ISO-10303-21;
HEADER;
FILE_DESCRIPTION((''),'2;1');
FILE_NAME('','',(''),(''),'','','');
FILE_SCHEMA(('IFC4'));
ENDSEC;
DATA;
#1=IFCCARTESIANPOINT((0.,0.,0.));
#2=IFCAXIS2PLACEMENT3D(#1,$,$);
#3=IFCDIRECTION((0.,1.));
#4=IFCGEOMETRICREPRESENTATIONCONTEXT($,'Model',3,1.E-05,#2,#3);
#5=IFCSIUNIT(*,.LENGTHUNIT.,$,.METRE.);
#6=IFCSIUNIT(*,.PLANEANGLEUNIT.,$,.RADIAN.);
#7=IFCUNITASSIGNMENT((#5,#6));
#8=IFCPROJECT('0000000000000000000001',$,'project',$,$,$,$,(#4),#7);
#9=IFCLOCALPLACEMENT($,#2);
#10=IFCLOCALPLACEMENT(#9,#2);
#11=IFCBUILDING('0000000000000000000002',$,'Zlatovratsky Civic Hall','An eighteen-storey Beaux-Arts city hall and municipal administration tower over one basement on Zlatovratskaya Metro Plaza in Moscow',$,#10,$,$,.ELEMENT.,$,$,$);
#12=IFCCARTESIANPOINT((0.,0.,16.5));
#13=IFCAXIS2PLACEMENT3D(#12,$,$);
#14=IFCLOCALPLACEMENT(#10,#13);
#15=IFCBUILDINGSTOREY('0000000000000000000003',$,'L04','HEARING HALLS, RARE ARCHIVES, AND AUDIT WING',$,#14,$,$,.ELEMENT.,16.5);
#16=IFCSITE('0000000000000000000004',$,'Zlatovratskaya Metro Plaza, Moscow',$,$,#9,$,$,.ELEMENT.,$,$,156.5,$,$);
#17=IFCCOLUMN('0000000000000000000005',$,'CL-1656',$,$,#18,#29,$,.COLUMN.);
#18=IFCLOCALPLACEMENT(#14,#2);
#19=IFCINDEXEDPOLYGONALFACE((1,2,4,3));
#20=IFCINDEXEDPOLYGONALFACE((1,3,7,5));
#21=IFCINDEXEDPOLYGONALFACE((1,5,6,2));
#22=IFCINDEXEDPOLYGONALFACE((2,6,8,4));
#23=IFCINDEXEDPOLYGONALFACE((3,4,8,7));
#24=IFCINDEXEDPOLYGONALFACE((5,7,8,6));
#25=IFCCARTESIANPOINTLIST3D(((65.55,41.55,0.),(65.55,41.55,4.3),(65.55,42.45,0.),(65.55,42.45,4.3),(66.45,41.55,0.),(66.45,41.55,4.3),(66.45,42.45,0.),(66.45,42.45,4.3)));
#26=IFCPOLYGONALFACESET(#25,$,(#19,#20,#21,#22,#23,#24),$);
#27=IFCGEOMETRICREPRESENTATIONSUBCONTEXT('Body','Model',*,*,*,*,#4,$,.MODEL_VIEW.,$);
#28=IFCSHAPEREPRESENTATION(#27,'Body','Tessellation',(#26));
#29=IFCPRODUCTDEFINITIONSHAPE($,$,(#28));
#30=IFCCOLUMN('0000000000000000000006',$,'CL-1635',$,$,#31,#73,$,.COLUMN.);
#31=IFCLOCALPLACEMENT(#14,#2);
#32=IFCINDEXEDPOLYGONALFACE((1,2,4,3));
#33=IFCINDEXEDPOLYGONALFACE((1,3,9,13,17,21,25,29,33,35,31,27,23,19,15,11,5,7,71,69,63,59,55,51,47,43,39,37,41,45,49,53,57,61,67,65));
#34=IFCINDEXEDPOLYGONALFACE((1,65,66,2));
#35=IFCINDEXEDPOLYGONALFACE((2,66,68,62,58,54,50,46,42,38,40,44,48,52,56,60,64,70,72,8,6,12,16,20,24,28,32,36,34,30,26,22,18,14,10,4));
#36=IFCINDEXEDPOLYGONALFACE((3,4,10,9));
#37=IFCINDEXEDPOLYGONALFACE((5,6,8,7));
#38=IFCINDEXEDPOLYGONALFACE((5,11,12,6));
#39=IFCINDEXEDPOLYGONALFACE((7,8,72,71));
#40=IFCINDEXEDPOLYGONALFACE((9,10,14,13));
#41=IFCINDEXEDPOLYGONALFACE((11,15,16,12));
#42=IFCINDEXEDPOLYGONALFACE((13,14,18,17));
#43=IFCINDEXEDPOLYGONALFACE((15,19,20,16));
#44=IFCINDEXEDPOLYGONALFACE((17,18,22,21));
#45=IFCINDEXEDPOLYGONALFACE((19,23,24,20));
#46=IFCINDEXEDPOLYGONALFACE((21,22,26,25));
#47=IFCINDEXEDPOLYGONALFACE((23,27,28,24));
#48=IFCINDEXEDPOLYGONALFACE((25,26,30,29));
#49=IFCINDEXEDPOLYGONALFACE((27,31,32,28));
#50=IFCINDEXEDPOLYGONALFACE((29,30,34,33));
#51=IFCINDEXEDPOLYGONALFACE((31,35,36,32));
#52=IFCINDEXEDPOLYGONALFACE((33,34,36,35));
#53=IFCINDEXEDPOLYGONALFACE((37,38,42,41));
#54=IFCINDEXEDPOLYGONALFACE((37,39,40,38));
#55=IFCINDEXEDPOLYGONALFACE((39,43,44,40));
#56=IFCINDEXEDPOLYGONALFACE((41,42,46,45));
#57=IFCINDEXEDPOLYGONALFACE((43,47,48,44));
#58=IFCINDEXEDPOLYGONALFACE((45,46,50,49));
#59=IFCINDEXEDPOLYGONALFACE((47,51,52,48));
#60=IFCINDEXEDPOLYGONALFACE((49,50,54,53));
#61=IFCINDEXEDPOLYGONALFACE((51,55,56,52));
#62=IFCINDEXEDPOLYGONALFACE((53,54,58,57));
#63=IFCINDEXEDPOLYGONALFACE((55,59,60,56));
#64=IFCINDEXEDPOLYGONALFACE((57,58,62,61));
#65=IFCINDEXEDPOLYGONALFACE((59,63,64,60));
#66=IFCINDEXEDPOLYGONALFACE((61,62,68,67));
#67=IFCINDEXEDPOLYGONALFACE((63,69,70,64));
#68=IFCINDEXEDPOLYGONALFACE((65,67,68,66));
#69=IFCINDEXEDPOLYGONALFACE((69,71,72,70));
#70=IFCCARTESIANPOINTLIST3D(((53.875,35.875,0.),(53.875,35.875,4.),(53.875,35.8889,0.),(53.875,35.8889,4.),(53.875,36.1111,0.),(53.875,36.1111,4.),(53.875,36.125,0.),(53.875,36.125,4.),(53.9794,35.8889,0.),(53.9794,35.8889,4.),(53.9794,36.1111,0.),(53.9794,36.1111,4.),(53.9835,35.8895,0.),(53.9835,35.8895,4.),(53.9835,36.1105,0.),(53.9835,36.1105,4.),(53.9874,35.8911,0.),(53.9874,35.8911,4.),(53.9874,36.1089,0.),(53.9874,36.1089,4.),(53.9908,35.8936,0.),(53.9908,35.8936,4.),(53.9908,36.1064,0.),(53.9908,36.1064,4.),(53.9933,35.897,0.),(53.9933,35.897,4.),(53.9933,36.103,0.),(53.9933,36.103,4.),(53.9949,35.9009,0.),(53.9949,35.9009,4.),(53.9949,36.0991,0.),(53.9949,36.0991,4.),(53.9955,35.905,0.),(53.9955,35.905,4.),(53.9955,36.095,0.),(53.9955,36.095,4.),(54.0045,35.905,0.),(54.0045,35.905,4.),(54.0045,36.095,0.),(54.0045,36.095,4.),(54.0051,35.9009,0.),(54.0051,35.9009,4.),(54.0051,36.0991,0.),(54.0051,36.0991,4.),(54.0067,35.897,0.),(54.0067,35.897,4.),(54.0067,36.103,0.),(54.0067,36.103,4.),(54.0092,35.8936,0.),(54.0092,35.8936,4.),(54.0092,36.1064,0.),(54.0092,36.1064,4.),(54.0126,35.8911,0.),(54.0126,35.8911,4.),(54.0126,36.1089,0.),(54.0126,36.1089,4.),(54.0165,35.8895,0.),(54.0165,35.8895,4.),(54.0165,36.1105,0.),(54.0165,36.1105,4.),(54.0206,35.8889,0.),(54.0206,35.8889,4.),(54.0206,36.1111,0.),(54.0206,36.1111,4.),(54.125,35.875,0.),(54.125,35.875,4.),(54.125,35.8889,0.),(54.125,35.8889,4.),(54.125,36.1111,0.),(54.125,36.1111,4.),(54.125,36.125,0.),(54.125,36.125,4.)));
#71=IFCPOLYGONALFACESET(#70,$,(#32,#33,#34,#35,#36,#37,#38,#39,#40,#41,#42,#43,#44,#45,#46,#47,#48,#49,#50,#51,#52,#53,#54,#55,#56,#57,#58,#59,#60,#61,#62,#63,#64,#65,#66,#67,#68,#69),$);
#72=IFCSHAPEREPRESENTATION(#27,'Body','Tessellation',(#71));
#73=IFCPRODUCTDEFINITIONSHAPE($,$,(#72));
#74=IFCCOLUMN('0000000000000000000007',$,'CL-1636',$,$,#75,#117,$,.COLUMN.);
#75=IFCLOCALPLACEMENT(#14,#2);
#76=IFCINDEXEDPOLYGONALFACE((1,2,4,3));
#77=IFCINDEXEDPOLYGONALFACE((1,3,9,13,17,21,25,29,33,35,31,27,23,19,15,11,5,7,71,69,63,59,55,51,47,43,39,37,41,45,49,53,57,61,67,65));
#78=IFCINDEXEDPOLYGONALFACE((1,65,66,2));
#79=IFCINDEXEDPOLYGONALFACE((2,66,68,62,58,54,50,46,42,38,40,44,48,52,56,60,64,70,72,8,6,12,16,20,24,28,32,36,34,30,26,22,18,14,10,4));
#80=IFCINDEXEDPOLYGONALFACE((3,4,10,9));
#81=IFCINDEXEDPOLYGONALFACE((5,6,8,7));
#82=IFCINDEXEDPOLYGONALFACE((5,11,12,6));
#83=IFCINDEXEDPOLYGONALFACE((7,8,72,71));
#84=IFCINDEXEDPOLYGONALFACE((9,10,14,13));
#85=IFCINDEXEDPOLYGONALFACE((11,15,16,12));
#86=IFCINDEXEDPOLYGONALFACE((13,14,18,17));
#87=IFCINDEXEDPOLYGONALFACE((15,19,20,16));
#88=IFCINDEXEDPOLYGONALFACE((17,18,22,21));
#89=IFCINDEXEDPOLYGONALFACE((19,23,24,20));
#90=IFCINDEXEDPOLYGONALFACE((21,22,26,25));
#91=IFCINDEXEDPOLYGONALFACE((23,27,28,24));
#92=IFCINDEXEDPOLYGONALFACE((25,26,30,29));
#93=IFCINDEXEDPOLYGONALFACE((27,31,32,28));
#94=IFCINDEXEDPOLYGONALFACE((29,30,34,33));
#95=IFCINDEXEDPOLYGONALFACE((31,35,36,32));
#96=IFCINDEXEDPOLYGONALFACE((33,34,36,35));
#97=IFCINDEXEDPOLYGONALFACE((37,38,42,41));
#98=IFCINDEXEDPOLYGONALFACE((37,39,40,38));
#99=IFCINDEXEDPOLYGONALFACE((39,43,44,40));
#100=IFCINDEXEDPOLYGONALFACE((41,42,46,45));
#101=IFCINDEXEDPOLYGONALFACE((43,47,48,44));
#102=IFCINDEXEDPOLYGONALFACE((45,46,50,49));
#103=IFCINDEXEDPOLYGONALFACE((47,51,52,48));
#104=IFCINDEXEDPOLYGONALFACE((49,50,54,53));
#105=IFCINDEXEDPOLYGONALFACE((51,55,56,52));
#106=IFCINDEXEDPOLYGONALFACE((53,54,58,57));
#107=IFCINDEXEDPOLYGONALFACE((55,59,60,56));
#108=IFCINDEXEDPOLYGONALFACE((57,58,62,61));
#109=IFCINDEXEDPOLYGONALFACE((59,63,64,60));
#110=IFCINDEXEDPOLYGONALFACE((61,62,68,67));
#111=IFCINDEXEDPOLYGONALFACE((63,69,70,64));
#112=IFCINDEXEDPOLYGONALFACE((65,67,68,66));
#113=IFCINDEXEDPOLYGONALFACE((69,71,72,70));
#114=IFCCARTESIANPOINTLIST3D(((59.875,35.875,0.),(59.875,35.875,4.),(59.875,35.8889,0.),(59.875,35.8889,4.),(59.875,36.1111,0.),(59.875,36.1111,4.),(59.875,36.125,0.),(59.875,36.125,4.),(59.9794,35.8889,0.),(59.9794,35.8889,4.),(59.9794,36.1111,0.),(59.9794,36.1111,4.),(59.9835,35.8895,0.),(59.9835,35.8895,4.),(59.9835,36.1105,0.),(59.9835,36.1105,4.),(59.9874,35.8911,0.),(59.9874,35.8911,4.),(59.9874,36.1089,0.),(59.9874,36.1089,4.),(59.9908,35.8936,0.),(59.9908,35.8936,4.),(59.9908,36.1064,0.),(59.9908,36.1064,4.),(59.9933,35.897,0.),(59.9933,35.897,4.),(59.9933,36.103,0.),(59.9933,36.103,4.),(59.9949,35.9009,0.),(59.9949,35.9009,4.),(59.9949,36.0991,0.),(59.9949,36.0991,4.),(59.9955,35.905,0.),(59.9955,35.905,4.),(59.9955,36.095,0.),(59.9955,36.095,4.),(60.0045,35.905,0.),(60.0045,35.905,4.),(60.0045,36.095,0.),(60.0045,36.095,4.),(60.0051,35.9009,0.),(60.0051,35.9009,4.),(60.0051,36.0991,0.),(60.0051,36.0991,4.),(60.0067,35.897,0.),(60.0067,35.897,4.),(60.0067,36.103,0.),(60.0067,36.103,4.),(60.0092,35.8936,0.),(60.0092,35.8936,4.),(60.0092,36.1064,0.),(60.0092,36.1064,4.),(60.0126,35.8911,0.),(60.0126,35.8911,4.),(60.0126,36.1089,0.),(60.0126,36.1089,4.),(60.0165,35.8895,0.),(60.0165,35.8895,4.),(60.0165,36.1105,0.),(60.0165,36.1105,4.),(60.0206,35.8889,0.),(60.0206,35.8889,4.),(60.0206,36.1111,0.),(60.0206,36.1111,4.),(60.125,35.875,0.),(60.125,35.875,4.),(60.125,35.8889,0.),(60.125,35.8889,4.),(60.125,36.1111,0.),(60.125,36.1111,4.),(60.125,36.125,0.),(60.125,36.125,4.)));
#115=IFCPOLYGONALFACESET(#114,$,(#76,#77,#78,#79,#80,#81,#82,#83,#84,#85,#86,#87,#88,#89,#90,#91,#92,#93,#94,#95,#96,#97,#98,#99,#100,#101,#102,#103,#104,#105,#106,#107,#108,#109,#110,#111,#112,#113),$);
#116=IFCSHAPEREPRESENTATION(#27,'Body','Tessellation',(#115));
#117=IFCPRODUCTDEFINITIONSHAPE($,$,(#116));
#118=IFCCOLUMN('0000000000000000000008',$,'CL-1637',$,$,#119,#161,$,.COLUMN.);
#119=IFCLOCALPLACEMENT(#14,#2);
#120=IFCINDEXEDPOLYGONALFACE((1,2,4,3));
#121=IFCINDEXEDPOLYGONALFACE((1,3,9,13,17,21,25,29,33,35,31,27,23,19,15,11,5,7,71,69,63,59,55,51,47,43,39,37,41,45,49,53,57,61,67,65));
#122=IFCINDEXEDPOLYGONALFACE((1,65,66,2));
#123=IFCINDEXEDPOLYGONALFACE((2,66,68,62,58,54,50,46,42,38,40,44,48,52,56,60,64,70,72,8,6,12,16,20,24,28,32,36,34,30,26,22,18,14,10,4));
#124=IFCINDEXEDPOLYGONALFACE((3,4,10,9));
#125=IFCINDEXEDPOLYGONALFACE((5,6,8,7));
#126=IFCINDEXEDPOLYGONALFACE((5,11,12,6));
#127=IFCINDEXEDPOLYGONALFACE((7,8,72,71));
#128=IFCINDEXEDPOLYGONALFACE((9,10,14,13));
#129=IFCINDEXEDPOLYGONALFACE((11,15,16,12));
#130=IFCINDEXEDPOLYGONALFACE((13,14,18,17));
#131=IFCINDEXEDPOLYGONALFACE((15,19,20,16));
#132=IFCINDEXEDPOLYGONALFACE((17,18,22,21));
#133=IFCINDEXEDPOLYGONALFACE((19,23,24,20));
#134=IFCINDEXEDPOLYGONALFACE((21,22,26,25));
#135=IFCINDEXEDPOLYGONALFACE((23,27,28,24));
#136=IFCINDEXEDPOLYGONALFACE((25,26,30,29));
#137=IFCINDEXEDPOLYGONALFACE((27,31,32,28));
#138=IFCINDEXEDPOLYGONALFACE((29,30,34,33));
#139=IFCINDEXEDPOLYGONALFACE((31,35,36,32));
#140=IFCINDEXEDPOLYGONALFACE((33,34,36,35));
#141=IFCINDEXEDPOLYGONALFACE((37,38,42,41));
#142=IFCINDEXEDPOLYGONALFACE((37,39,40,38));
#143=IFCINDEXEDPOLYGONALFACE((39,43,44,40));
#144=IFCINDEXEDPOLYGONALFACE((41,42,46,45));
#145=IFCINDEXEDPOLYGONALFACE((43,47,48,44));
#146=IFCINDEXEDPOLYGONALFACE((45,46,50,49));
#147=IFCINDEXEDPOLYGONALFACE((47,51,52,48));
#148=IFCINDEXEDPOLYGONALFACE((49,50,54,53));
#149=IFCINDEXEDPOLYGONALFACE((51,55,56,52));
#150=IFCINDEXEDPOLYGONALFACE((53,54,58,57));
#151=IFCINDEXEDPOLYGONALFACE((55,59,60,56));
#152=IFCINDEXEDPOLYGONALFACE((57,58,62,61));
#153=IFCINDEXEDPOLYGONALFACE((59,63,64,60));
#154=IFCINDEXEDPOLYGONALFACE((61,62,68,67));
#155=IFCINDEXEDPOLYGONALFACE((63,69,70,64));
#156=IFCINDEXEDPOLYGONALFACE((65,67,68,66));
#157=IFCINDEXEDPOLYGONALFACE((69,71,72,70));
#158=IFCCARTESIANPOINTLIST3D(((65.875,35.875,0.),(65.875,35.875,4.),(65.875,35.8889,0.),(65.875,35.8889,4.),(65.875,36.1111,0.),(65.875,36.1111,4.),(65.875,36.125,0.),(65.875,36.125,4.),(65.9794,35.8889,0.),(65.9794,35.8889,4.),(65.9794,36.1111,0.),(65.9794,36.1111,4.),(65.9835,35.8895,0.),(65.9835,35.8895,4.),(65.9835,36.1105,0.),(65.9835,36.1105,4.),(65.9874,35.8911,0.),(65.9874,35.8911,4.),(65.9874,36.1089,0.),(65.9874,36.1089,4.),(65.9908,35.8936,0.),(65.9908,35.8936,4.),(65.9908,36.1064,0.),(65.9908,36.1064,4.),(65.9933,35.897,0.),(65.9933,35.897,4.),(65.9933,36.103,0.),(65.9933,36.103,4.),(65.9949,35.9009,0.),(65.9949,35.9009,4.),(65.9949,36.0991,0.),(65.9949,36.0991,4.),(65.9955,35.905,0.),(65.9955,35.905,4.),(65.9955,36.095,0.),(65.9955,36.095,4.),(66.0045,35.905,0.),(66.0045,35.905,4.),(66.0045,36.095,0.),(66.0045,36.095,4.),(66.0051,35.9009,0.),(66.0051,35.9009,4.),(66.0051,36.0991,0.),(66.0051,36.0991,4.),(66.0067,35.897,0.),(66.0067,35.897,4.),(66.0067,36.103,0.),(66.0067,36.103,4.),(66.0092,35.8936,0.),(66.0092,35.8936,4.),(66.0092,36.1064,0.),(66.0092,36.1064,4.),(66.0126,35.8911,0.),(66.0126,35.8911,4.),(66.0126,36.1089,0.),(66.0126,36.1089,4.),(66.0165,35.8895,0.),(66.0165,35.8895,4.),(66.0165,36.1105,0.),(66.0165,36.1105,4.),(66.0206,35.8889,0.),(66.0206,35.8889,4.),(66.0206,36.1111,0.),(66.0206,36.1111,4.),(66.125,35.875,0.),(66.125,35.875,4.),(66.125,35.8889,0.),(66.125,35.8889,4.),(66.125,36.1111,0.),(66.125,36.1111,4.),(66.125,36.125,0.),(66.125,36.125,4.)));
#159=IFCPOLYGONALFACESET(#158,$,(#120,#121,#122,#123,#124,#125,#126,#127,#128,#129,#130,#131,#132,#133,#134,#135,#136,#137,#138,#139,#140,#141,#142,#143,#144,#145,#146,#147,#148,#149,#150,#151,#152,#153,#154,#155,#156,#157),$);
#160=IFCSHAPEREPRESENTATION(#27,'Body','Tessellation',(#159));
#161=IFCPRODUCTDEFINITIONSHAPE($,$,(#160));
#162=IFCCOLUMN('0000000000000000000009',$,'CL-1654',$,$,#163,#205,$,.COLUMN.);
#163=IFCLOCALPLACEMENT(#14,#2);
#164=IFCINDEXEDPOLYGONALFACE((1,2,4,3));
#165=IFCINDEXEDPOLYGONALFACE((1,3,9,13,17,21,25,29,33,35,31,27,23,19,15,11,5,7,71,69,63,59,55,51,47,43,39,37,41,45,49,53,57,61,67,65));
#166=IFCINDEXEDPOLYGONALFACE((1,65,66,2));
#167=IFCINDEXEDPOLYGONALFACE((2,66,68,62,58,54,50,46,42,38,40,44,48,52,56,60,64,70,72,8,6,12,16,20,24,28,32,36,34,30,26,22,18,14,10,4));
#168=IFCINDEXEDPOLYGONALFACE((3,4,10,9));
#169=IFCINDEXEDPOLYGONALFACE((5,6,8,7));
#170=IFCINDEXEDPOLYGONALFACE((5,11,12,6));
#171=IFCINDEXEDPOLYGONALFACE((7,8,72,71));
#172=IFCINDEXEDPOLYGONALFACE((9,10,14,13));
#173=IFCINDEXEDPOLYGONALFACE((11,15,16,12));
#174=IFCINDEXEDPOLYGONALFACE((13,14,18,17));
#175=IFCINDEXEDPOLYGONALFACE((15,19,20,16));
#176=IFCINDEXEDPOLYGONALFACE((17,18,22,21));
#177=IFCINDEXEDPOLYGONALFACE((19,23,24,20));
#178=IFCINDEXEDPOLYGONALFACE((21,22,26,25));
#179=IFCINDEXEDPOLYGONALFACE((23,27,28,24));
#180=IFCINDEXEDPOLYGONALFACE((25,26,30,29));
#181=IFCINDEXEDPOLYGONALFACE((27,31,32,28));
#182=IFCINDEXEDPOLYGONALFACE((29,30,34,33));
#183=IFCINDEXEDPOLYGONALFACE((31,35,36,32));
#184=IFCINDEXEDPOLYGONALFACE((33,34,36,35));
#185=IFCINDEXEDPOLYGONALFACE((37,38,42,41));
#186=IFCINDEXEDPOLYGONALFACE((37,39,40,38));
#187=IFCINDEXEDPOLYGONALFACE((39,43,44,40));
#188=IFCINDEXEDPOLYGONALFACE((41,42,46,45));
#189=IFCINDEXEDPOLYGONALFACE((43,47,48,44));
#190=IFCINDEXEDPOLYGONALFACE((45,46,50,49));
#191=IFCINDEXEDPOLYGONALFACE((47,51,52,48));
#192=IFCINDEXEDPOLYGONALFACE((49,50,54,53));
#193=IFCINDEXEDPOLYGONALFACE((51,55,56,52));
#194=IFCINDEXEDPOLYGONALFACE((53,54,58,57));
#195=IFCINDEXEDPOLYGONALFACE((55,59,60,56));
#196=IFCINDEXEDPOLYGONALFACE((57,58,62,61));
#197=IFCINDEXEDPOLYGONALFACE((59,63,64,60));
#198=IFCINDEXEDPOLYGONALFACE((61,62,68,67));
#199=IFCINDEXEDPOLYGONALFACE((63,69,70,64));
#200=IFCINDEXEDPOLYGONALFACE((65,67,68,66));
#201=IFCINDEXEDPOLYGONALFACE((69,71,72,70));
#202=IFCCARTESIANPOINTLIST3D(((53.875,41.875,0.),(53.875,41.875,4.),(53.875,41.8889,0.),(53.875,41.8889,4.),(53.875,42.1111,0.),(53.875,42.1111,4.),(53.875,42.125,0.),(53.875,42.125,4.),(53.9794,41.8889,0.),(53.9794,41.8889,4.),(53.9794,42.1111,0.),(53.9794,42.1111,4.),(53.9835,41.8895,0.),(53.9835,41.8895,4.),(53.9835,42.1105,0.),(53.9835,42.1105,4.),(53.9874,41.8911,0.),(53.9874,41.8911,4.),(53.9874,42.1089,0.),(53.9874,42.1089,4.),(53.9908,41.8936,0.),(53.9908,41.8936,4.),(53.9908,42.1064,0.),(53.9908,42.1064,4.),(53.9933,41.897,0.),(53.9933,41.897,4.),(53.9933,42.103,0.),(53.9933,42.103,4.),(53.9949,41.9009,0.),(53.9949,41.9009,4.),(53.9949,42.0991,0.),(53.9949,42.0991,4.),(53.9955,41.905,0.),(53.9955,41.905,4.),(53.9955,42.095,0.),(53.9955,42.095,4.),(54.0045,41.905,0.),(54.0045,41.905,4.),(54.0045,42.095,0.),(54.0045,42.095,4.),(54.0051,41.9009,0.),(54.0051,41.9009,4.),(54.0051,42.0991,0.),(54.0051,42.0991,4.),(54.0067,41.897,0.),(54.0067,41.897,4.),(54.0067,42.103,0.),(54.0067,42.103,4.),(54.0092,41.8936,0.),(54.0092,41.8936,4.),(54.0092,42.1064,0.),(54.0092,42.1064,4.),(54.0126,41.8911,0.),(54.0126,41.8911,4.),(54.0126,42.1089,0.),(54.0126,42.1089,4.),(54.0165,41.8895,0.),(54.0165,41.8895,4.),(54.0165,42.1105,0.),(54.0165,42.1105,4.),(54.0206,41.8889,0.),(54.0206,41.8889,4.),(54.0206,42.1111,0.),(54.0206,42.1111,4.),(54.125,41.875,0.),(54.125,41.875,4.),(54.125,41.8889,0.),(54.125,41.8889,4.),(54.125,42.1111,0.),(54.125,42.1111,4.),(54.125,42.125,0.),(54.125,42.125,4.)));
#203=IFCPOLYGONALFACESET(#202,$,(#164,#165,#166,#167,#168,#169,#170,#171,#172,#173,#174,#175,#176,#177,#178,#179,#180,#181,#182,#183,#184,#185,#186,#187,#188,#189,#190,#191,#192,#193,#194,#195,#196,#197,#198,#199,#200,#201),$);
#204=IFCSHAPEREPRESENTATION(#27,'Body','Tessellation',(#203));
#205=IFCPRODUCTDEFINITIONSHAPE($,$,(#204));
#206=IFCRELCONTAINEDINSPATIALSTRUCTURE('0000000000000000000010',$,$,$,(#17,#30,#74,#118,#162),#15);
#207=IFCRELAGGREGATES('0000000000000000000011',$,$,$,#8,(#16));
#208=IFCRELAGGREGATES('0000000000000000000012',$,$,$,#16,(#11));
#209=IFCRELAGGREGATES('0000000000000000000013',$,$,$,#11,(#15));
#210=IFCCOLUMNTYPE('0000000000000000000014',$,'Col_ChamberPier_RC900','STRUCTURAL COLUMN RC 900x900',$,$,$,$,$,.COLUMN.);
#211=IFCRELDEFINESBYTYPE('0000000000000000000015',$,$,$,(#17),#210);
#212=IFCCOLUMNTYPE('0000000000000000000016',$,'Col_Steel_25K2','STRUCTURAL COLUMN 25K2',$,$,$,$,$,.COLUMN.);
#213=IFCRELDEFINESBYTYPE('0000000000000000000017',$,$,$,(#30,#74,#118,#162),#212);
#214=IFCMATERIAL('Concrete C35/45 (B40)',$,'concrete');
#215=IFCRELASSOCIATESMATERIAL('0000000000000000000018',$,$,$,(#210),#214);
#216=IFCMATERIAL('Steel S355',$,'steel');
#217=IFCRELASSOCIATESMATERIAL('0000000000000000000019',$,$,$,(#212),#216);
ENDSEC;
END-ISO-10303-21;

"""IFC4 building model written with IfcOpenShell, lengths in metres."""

from ifc_helpers import new_model, si_unit, direction, frame, origin, origin_2d, place, context, subcontext, project, spatial, rectangle, i_section, extrude, material, material_profile, profile_set, type_object, element, save


model = new_model("IFC4")

# Units and contexts
model_context = context("Model", 3, precision=1e-05, world=origin(), true_north=direction((0.0, 1.0)))
body_context = subcontext(model_context, "Body", "Model", "MODEL_VIEW")
ifc_project = project(units=[si_unit("LENGTHUNIT", "METRE"), si_unit("PLANEANGLEUNIT", "RADIAN")], contexts=[model_context])

# Site, building, storey
site_placement = place(None, origin())
site = spatial("IfcSite", under=ifc_project, at=site_placement, Name="Zlatovratskaya Metro Plaza, Moscow", CompositionType="ELEMENT", RefElevation=156.5)
building_placement = place(site_placement, origin())
building = spatial("IfcBuilding", under=site, at=building_placement, Name="Zlatovratsky Civic Hall", Description="An eighteen-storey Beaux-Arts city hall and municipal administration tower over one basement on Zlatovratskaya Metro Plaza in Moscow", CompositionType="ELEMENT")
storey_placement = place(building_placement, frame((0.0, 0.0, 16.5)))
storey = spatial("IfcBuildingStorey", under=building, at=storey_placement, Name="L04", Description="HEARING HALLS, RARE ARCHIVES, AND AUDIT WING", CompositionType="ELEMENT", Elevation=16.5)

# Columns
ifc_material_1 = material(Name="Concrete C35/45 (B40)", Category="concrete")
ifc_material_profile_1 = material_profile(ifc_material_1, rectangle(XDim=0.8999, YDim=0.8999, at=origin_2d()), Name="RC 900x900")
ifc_profile_set_1 = profile_set([ifc_material_profile_1], Name="Concrete C35/45 (B40)")
column_type_1 = type_object("IfcColumnType", Name="Col_ChamberPier_RC900", Description="STRUCTURAL COLUMN RC 900x900", PredefinedType="COLUMN", material=ifc_profile_set_1)
column_placement = place(storey_placement, frame((66.0, 42.0, 0.0), z_axis=(0.0, 0.0, 1.0), x_axis=(1.0, 0.0, 0.0)))
element("IfcColumn", 1, at=column_placement, inside=storey, type_object=column_type_1, Name="CL-1656", PredefinedType="COLUMN", context=body_context, shape_type="SweptSolid", body=[
    extrude(rectangle(XDim=0.8999, YDim=0.8999, at=origin_2d()), origin(), (0.0, 0.0, 1.0), 4.3),
])
ifc_material_2 = material(Name="Steel S355", Category="steel")
ifc_material_profile_2 = material_profile(ifc_material_2, i_section(OverallWidth=0.25, OverallDepth=0.25, WebThickness=0.009, FlangeThickness=0.0139, FilletRadius=0.0161, at=origin_2d()), Name="25K2")
ifc_profile_set_2 = profile_set([ifc_material_profile_2], Name="Steel S355")
column_type_2 = type_object("IfcColumnType", Name="Col_Steel_25K2", Description="STRUCTURAL COLUMN 25K2", PredefinedType="COLUMN", material=ifc_profile_set_2)
for number, where, z_axis, x_axis, name in (
    (2, (54.0, 36.0, 0.0), (0.0, 0.0, 1.0), (1.0, 0.0, 0.0), "CL-1635"),
    (3, (60.0, 36.0, 0.0), (0.0, 0.0, 1.0), (1.0, 0.0, 0.0), "CL-1636"),
    (4, (66.0, 36.0, 0.0), (0.0, 0.0, 1.0), (1.0, 0.0, 0.0), "CL-1637"),
    (5, (54.0, 42.0, 0.0), (0.0, 0.0, 1.0), (1.0, 0.0, 0.0), "CL-1654"),
):
    element("IfcColumn", number, at=place(storey_placement, frame(where, z_axis=z_axis, x_axis=x_axis)), inside=storey, type_object=column_type_2, Name=name, PredefinedType="COLUMN", context=body_context, shape_type="SweptSolid", body=[
        extrude(i_section(OverallWidth=0.25, OverallDepth=0.25, WebThickness=0.009, FlangeThickness=0.0139, FilletRadius=0.0161, at=origin_2d()), origin(), (0.0, 0.0, 1.0), 4.0),
    ])

save(model, "model.ifc")
